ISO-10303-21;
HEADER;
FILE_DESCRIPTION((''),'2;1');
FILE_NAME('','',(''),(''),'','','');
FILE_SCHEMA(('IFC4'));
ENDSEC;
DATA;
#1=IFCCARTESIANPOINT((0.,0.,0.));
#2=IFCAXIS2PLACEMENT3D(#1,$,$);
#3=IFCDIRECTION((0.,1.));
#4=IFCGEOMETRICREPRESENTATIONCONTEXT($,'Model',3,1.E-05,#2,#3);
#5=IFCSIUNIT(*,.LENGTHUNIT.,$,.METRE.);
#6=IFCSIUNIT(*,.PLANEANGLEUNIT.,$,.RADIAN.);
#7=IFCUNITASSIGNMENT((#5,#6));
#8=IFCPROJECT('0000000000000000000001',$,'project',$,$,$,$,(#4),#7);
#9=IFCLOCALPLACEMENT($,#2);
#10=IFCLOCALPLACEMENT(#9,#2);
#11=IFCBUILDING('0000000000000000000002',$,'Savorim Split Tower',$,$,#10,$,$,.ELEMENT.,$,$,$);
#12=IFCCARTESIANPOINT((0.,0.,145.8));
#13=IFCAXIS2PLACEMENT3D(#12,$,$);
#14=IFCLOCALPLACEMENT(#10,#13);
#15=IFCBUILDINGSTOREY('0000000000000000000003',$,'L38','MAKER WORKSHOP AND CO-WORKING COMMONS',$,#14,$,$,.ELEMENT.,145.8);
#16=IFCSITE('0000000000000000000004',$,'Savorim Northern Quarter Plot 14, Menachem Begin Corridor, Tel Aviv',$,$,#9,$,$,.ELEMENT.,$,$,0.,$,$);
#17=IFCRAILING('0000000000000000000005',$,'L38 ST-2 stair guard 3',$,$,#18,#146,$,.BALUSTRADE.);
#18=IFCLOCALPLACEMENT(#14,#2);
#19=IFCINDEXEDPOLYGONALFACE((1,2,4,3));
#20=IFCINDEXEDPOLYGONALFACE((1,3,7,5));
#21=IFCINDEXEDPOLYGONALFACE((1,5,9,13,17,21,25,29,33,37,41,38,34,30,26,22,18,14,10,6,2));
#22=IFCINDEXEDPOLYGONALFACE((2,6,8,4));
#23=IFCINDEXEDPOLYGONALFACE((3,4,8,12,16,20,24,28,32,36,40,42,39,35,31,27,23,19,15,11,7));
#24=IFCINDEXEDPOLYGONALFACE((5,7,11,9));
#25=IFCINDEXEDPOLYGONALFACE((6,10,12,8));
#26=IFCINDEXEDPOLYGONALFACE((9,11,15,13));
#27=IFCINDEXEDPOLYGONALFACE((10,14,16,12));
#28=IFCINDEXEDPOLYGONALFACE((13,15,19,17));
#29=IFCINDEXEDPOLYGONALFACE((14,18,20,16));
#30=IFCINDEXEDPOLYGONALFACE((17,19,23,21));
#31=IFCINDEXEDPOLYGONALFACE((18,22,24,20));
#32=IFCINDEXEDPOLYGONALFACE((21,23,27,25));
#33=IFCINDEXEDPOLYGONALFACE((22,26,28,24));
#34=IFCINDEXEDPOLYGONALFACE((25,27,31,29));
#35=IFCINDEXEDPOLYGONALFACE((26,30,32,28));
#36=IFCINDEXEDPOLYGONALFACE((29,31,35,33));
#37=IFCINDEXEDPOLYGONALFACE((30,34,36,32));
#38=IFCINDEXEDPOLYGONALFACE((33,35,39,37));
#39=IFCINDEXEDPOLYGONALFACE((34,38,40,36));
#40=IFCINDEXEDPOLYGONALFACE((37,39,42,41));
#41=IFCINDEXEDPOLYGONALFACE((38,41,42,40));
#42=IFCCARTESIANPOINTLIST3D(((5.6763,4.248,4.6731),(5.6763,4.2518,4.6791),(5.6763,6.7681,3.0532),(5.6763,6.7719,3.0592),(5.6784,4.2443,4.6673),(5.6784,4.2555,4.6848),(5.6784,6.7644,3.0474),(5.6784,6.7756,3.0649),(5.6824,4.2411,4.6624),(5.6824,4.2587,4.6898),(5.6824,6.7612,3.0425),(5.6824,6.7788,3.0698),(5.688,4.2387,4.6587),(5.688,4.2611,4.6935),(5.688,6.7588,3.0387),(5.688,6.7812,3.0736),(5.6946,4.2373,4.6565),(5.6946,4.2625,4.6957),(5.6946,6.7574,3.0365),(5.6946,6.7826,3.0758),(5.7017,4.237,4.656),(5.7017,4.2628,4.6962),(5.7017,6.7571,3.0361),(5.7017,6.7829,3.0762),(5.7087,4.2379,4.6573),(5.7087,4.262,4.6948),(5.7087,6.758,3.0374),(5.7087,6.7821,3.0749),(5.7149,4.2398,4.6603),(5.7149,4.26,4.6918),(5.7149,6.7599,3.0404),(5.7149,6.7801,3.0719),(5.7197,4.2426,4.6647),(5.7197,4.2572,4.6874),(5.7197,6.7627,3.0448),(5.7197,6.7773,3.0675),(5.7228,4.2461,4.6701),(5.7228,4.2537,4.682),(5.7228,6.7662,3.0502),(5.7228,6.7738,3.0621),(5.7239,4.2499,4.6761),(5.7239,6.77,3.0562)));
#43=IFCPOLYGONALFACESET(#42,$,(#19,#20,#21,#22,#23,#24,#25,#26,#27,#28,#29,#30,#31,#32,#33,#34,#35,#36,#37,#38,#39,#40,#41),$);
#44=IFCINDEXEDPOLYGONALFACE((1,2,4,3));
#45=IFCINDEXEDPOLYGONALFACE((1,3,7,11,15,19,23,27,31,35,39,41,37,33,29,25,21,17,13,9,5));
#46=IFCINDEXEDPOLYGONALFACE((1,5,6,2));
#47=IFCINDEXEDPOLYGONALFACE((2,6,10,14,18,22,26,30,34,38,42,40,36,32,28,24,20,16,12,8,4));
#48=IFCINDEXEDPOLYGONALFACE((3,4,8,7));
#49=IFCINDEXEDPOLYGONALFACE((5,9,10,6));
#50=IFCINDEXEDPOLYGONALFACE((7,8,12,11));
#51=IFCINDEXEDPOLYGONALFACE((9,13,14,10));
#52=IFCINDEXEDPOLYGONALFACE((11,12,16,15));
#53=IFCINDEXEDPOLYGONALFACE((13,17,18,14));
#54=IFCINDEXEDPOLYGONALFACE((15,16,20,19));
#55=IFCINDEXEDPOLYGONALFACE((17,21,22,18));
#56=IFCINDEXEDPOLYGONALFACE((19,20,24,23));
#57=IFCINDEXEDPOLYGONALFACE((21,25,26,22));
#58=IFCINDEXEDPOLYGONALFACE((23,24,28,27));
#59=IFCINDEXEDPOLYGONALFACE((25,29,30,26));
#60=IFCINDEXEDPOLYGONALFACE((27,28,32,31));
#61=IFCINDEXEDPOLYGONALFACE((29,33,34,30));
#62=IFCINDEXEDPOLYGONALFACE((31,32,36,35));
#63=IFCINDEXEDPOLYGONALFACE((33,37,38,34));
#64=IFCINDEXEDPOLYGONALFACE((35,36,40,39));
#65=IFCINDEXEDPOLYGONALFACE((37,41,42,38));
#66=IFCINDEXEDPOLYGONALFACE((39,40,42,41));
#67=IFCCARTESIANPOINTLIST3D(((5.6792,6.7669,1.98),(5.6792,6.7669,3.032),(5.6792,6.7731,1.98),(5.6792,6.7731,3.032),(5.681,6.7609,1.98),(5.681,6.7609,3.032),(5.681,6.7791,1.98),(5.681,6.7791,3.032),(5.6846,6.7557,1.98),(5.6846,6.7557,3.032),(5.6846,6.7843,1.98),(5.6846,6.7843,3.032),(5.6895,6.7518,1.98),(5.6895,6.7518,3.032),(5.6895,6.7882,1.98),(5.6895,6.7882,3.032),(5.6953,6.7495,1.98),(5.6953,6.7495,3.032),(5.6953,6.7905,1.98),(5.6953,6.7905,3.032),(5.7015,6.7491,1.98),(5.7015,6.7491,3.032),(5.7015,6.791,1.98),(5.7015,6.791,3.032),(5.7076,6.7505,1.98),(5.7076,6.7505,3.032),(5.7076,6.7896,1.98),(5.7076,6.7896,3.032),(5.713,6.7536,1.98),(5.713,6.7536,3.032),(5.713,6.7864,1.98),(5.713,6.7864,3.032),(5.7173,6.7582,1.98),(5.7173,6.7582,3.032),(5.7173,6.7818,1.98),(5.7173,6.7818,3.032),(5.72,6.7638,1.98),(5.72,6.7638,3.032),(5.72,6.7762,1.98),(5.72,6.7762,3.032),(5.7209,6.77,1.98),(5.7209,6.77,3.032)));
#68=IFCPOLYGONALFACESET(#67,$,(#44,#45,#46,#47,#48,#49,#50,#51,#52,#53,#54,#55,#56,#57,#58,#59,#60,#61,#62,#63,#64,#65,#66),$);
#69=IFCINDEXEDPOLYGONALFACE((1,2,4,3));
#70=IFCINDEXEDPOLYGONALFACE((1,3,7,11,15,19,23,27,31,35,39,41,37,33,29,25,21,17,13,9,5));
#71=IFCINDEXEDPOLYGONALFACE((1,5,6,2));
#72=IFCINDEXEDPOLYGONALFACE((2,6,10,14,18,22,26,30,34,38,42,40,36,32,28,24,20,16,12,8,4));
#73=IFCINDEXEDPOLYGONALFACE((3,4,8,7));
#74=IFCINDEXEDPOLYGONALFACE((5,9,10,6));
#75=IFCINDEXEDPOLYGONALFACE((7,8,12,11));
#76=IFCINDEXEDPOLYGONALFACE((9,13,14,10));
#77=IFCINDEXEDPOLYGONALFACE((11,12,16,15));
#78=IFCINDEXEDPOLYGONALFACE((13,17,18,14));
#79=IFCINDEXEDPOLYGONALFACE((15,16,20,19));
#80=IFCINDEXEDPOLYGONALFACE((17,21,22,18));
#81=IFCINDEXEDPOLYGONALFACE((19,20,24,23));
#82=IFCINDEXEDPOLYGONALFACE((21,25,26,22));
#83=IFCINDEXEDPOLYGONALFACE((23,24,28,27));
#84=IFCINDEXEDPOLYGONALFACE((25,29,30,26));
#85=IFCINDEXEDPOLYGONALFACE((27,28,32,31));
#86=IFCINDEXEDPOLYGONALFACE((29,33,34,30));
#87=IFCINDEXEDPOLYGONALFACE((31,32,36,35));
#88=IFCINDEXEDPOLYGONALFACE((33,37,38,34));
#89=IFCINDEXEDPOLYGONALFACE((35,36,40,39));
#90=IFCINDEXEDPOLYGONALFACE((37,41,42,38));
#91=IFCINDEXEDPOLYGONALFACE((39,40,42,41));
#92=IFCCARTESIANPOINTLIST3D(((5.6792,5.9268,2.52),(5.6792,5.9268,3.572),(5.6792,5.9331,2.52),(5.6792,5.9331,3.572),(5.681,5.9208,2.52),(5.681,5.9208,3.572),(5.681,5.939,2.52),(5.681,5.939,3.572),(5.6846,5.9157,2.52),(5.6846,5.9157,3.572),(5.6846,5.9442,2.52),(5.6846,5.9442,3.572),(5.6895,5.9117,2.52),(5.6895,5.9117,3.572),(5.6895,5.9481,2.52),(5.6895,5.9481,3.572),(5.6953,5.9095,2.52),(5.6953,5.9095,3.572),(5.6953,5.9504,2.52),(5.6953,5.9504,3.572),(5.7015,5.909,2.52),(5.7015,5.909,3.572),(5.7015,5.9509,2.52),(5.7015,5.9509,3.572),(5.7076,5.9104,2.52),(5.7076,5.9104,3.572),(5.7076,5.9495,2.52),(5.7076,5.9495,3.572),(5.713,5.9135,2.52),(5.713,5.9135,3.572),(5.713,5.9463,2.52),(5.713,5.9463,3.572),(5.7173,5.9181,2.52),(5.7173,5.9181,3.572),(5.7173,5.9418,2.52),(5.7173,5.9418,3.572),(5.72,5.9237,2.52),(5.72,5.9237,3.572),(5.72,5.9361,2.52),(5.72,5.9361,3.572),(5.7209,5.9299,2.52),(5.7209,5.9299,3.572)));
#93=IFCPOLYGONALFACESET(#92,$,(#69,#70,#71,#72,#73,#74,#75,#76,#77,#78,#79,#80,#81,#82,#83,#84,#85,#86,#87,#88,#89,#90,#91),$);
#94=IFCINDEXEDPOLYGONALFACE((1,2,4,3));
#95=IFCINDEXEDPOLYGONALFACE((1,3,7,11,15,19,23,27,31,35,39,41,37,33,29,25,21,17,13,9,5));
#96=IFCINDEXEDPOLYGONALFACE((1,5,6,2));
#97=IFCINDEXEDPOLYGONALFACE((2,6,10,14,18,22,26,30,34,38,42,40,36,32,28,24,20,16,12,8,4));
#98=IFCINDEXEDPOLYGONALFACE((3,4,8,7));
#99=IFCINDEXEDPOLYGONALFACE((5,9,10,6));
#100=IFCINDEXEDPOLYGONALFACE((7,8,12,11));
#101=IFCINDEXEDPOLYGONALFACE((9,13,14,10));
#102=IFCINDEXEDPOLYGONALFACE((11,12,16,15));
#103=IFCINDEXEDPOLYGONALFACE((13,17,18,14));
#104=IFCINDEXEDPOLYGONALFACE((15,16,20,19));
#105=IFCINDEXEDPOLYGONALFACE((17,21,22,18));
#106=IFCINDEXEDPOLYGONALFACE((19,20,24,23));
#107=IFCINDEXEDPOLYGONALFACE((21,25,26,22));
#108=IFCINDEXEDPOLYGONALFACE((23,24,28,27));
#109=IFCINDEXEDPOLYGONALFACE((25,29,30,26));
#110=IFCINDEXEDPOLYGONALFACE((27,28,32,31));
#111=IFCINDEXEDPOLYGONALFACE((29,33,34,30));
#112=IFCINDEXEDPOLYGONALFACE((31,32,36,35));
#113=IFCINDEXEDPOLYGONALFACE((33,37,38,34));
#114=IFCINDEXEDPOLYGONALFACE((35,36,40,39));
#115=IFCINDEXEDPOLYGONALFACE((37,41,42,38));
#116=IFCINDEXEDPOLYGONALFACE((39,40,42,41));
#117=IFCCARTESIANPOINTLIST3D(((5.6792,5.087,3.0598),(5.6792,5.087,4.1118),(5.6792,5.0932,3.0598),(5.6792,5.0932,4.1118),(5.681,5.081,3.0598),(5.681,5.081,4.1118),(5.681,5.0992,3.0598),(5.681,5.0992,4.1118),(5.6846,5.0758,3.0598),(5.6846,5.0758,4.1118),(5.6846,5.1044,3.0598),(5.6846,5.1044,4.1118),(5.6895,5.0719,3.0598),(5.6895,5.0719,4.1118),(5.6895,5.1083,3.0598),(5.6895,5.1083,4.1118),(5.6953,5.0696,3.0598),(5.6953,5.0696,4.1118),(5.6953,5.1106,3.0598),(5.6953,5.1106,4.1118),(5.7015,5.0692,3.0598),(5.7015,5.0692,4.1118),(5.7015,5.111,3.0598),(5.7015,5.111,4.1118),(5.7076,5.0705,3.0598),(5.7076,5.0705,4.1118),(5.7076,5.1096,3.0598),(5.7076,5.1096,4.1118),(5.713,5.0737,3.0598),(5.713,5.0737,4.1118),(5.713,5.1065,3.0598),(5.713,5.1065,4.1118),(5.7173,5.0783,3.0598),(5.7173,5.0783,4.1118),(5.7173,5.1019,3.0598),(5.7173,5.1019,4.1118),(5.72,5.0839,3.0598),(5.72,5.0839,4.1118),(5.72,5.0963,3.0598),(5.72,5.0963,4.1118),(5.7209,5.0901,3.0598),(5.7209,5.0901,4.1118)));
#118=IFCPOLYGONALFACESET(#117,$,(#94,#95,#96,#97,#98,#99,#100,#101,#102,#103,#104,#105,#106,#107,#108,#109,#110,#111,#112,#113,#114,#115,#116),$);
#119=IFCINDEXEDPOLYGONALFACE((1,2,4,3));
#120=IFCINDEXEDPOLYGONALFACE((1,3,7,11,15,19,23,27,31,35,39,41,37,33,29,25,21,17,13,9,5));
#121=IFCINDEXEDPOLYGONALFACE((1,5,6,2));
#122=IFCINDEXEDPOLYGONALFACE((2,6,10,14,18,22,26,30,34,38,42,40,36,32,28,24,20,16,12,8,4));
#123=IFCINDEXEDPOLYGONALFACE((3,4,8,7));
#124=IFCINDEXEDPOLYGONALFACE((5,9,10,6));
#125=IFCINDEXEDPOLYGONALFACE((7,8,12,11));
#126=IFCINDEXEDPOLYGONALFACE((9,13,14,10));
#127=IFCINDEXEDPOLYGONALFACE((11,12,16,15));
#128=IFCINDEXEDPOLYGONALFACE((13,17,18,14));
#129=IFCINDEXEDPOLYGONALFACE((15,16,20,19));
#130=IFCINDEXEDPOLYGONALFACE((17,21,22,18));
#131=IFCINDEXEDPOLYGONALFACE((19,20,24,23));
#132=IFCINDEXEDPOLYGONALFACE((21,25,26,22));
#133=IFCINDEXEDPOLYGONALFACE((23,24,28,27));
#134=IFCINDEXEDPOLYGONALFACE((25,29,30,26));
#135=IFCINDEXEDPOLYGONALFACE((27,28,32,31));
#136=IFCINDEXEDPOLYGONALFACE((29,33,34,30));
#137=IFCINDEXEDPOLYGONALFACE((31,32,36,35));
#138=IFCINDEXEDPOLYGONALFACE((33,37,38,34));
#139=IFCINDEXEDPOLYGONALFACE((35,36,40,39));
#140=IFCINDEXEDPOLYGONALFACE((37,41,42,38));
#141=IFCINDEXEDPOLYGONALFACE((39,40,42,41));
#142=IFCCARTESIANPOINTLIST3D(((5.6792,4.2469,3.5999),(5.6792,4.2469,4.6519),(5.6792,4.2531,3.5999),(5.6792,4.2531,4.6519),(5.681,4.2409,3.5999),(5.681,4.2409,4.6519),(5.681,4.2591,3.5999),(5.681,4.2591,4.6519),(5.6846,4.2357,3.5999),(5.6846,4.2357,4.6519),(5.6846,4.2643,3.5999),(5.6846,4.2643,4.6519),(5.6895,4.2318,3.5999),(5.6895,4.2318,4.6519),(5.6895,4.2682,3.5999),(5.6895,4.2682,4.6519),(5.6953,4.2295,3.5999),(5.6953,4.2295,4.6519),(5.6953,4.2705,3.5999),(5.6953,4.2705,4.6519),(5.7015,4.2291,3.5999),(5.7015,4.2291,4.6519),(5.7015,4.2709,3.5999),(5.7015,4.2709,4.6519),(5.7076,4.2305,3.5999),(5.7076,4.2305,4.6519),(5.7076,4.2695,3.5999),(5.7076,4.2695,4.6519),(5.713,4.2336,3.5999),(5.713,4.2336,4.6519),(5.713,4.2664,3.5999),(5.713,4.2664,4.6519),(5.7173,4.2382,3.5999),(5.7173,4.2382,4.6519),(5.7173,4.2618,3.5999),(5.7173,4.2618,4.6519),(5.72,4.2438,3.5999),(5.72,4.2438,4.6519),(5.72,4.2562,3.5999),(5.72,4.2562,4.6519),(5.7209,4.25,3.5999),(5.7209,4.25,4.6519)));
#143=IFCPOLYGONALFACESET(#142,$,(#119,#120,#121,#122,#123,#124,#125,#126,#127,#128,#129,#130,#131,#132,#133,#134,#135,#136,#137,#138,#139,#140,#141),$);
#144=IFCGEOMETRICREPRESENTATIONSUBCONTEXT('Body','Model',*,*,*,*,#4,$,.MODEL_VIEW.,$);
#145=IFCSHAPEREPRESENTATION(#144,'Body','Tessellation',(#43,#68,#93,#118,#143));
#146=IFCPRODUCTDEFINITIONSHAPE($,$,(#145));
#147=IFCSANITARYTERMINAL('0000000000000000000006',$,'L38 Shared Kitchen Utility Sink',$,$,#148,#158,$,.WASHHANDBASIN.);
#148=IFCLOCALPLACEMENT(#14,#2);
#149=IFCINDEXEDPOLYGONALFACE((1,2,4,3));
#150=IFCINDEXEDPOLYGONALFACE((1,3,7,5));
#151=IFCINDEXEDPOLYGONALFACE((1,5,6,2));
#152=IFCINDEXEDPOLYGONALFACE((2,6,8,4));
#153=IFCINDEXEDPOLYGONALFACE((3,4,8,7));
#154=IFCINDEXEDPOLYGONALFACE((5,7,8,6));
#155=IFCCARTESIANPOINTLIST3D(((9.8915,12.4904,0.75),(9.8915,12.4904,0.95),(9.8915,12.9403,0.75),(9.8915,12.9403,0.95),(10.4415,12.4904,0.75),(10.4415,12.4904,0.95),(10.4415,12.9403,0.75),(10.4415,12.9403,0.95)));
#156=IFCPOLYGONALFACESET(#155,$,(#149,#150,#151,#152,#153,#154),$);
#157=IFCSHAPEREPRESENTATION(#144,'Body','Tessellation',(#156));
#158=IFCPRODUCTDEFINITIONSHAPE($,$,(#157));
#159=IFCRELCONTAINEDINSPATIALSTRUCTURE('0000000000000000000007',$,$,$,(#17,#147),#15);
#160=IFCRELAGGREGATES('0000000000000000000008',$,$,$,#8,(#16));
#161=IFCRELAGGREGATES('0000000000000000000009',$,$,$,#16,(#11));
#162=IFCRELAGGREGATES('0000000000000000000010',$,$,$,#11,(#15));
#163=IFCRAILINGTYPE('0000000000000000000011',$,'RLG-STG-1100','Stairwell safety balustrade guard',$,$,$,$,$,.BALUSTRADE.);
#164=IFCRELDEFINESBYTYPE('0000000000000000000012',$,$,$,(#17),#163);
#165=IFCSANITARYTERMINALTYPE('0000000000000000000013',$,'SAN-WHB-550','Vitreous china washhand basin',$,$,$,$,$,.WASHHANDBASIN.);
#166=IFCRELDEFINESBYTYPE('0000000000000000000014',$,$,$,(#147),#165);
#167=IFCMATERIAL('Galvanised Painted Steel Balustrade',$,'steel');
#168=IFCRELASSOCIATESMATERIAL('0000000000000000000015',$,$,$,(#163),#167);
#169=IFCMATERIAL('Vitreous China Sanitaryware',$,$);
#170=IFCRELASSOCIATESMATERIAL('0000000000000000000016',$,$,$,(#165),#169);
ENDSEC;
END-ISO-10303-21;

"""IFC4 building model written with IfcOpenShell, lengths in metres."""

from ifc_helpers import new_model, si_unit, direction, frame, origin, origin_2d, place, context, subcontext, project, spatial, rectangle, circle, extrude, material, type_object, element, save


model = new_model("IFC4")

# Units and contexts
model_context = context("Model", 3, precision=1e-05, world=origin(), true_north=direction((0.0, 1.0)))
body_context = subcontext(model_context, "Body", "Model", "MODEL_VIEW")
ifc_project = project(units=[si_unit("LENGTHUNIT", "METRE"), si_unit("PLANEANGLEUNIT", "RADIAN")], contexts=[model_context])

# Site, building, storey
site_placement = place(None, origin())
site = spatial("IfcSite", under=ifc_project, at=site_placement, Name="Savorim Northern Quarter Plot 14, Menachem Begin Corridor, Tel Aviv", CompositionType="ELEMENT", RefElevation=0.0)
building_placement = place(site_placement, origin())
building = spatial("IfcBuilding", under=site, at=building_placement, Name="Savorim Split Tower", CompositionType="ELEMENT")
storey_placement = place(building_placement, frame((0.0, 0.0, 145.8)))
storey = spatial("IfcBuildingStorey", under=building, at=storey_placement, Name="L38", Description="MAKER WORKSHOP AND CO-WORKING COMMONS", CompositionType="ELEMENT", Elevation=145.8)

# Railing
ifc_material_1 = material(Name="Galvanised Painted Steel Balustrade", Category="steel")
railing_type = type_object("IfcRailingType", Name="RLG-STG-1100", Description="Stairwell safety balustrade guard", PredefinedType="BALUSTRADE", material=ifc_material_1)
railing_1_placement = place(storey_placement, frame((5.7, 6.77, 1.98)))
element("IfcRailing", 1, at=railing_1_placement, inside=storey, type_object=railing_type, Name="L38 ST-2 stair guard 3", PredefinedType="BALUSTRADE", context=body_context, shape_type="SweptSolid", body=[
    extrude(circle(Radius=0.0239, at=origin_2d()), frame((0.0, 0.0, 1.0762), z_axis=(0.0, -0.8412, 0.540725), x_axis=(1.0, 0.0, 0.0)), (0.0, 0.0, 1.0), 2.9958),
    extrude(circle(Radius=0.021, at=origin_2d()), origin(), (0.0, 0.0, 1.0), 1.052),
    extrude(circle(Radius=0.021, at=origin_2d()), frame((0.0, -0.8401, 0.54)), (0.0, 0.0, 1.0), 1.052),
    extrude(circle(Radius=0.021, at=origin_2d()), frame((0.0, -1.6799, 1.0798)), (0.0, 0.0, 1.0), 1.052),
    extrude(circle(Radius=0.021, at=origin_2d()), frame((0.0, -2.52, 1.6199)), (0.0, 0.0, 1.0), 1.052),
])

# Sanitary terminal
ifc_material_2 = material(Name="Vitreous China Sanitaryware")
sanitary_terminal_type = type_object("IfcSanitaryTerminalType", Name="SAN-WHB-550", Description="Vitreous china washhand basin", PredefinedType="WASHHANDBASIN", material=ifc_material_2)
sanitary_terminal_placement = place(storey_placement, frame((10.1665, 12.7153, 0.75), z_axis=(0.0, 0.0, 1.0), x_axis=(1.0, 0.0, 0.0)))
element("IfcSanitaryTerminal", 2, at=sanitary_terminal_placement, inside=storey, type_object=sanitary_terminal_type, Name="L38 Shared Kitchen Utility Sink", PredefinedType="WASHHANDBASIN", context=body_context, shape_type="SweptSolid", body=[
    extrude(rectangle(XDim=0.55, YDim=0.45, at=origin_2d()), origin(), (0.0, 0.0, 1.0), 0.2),
])

save(model, "model.ifc")
